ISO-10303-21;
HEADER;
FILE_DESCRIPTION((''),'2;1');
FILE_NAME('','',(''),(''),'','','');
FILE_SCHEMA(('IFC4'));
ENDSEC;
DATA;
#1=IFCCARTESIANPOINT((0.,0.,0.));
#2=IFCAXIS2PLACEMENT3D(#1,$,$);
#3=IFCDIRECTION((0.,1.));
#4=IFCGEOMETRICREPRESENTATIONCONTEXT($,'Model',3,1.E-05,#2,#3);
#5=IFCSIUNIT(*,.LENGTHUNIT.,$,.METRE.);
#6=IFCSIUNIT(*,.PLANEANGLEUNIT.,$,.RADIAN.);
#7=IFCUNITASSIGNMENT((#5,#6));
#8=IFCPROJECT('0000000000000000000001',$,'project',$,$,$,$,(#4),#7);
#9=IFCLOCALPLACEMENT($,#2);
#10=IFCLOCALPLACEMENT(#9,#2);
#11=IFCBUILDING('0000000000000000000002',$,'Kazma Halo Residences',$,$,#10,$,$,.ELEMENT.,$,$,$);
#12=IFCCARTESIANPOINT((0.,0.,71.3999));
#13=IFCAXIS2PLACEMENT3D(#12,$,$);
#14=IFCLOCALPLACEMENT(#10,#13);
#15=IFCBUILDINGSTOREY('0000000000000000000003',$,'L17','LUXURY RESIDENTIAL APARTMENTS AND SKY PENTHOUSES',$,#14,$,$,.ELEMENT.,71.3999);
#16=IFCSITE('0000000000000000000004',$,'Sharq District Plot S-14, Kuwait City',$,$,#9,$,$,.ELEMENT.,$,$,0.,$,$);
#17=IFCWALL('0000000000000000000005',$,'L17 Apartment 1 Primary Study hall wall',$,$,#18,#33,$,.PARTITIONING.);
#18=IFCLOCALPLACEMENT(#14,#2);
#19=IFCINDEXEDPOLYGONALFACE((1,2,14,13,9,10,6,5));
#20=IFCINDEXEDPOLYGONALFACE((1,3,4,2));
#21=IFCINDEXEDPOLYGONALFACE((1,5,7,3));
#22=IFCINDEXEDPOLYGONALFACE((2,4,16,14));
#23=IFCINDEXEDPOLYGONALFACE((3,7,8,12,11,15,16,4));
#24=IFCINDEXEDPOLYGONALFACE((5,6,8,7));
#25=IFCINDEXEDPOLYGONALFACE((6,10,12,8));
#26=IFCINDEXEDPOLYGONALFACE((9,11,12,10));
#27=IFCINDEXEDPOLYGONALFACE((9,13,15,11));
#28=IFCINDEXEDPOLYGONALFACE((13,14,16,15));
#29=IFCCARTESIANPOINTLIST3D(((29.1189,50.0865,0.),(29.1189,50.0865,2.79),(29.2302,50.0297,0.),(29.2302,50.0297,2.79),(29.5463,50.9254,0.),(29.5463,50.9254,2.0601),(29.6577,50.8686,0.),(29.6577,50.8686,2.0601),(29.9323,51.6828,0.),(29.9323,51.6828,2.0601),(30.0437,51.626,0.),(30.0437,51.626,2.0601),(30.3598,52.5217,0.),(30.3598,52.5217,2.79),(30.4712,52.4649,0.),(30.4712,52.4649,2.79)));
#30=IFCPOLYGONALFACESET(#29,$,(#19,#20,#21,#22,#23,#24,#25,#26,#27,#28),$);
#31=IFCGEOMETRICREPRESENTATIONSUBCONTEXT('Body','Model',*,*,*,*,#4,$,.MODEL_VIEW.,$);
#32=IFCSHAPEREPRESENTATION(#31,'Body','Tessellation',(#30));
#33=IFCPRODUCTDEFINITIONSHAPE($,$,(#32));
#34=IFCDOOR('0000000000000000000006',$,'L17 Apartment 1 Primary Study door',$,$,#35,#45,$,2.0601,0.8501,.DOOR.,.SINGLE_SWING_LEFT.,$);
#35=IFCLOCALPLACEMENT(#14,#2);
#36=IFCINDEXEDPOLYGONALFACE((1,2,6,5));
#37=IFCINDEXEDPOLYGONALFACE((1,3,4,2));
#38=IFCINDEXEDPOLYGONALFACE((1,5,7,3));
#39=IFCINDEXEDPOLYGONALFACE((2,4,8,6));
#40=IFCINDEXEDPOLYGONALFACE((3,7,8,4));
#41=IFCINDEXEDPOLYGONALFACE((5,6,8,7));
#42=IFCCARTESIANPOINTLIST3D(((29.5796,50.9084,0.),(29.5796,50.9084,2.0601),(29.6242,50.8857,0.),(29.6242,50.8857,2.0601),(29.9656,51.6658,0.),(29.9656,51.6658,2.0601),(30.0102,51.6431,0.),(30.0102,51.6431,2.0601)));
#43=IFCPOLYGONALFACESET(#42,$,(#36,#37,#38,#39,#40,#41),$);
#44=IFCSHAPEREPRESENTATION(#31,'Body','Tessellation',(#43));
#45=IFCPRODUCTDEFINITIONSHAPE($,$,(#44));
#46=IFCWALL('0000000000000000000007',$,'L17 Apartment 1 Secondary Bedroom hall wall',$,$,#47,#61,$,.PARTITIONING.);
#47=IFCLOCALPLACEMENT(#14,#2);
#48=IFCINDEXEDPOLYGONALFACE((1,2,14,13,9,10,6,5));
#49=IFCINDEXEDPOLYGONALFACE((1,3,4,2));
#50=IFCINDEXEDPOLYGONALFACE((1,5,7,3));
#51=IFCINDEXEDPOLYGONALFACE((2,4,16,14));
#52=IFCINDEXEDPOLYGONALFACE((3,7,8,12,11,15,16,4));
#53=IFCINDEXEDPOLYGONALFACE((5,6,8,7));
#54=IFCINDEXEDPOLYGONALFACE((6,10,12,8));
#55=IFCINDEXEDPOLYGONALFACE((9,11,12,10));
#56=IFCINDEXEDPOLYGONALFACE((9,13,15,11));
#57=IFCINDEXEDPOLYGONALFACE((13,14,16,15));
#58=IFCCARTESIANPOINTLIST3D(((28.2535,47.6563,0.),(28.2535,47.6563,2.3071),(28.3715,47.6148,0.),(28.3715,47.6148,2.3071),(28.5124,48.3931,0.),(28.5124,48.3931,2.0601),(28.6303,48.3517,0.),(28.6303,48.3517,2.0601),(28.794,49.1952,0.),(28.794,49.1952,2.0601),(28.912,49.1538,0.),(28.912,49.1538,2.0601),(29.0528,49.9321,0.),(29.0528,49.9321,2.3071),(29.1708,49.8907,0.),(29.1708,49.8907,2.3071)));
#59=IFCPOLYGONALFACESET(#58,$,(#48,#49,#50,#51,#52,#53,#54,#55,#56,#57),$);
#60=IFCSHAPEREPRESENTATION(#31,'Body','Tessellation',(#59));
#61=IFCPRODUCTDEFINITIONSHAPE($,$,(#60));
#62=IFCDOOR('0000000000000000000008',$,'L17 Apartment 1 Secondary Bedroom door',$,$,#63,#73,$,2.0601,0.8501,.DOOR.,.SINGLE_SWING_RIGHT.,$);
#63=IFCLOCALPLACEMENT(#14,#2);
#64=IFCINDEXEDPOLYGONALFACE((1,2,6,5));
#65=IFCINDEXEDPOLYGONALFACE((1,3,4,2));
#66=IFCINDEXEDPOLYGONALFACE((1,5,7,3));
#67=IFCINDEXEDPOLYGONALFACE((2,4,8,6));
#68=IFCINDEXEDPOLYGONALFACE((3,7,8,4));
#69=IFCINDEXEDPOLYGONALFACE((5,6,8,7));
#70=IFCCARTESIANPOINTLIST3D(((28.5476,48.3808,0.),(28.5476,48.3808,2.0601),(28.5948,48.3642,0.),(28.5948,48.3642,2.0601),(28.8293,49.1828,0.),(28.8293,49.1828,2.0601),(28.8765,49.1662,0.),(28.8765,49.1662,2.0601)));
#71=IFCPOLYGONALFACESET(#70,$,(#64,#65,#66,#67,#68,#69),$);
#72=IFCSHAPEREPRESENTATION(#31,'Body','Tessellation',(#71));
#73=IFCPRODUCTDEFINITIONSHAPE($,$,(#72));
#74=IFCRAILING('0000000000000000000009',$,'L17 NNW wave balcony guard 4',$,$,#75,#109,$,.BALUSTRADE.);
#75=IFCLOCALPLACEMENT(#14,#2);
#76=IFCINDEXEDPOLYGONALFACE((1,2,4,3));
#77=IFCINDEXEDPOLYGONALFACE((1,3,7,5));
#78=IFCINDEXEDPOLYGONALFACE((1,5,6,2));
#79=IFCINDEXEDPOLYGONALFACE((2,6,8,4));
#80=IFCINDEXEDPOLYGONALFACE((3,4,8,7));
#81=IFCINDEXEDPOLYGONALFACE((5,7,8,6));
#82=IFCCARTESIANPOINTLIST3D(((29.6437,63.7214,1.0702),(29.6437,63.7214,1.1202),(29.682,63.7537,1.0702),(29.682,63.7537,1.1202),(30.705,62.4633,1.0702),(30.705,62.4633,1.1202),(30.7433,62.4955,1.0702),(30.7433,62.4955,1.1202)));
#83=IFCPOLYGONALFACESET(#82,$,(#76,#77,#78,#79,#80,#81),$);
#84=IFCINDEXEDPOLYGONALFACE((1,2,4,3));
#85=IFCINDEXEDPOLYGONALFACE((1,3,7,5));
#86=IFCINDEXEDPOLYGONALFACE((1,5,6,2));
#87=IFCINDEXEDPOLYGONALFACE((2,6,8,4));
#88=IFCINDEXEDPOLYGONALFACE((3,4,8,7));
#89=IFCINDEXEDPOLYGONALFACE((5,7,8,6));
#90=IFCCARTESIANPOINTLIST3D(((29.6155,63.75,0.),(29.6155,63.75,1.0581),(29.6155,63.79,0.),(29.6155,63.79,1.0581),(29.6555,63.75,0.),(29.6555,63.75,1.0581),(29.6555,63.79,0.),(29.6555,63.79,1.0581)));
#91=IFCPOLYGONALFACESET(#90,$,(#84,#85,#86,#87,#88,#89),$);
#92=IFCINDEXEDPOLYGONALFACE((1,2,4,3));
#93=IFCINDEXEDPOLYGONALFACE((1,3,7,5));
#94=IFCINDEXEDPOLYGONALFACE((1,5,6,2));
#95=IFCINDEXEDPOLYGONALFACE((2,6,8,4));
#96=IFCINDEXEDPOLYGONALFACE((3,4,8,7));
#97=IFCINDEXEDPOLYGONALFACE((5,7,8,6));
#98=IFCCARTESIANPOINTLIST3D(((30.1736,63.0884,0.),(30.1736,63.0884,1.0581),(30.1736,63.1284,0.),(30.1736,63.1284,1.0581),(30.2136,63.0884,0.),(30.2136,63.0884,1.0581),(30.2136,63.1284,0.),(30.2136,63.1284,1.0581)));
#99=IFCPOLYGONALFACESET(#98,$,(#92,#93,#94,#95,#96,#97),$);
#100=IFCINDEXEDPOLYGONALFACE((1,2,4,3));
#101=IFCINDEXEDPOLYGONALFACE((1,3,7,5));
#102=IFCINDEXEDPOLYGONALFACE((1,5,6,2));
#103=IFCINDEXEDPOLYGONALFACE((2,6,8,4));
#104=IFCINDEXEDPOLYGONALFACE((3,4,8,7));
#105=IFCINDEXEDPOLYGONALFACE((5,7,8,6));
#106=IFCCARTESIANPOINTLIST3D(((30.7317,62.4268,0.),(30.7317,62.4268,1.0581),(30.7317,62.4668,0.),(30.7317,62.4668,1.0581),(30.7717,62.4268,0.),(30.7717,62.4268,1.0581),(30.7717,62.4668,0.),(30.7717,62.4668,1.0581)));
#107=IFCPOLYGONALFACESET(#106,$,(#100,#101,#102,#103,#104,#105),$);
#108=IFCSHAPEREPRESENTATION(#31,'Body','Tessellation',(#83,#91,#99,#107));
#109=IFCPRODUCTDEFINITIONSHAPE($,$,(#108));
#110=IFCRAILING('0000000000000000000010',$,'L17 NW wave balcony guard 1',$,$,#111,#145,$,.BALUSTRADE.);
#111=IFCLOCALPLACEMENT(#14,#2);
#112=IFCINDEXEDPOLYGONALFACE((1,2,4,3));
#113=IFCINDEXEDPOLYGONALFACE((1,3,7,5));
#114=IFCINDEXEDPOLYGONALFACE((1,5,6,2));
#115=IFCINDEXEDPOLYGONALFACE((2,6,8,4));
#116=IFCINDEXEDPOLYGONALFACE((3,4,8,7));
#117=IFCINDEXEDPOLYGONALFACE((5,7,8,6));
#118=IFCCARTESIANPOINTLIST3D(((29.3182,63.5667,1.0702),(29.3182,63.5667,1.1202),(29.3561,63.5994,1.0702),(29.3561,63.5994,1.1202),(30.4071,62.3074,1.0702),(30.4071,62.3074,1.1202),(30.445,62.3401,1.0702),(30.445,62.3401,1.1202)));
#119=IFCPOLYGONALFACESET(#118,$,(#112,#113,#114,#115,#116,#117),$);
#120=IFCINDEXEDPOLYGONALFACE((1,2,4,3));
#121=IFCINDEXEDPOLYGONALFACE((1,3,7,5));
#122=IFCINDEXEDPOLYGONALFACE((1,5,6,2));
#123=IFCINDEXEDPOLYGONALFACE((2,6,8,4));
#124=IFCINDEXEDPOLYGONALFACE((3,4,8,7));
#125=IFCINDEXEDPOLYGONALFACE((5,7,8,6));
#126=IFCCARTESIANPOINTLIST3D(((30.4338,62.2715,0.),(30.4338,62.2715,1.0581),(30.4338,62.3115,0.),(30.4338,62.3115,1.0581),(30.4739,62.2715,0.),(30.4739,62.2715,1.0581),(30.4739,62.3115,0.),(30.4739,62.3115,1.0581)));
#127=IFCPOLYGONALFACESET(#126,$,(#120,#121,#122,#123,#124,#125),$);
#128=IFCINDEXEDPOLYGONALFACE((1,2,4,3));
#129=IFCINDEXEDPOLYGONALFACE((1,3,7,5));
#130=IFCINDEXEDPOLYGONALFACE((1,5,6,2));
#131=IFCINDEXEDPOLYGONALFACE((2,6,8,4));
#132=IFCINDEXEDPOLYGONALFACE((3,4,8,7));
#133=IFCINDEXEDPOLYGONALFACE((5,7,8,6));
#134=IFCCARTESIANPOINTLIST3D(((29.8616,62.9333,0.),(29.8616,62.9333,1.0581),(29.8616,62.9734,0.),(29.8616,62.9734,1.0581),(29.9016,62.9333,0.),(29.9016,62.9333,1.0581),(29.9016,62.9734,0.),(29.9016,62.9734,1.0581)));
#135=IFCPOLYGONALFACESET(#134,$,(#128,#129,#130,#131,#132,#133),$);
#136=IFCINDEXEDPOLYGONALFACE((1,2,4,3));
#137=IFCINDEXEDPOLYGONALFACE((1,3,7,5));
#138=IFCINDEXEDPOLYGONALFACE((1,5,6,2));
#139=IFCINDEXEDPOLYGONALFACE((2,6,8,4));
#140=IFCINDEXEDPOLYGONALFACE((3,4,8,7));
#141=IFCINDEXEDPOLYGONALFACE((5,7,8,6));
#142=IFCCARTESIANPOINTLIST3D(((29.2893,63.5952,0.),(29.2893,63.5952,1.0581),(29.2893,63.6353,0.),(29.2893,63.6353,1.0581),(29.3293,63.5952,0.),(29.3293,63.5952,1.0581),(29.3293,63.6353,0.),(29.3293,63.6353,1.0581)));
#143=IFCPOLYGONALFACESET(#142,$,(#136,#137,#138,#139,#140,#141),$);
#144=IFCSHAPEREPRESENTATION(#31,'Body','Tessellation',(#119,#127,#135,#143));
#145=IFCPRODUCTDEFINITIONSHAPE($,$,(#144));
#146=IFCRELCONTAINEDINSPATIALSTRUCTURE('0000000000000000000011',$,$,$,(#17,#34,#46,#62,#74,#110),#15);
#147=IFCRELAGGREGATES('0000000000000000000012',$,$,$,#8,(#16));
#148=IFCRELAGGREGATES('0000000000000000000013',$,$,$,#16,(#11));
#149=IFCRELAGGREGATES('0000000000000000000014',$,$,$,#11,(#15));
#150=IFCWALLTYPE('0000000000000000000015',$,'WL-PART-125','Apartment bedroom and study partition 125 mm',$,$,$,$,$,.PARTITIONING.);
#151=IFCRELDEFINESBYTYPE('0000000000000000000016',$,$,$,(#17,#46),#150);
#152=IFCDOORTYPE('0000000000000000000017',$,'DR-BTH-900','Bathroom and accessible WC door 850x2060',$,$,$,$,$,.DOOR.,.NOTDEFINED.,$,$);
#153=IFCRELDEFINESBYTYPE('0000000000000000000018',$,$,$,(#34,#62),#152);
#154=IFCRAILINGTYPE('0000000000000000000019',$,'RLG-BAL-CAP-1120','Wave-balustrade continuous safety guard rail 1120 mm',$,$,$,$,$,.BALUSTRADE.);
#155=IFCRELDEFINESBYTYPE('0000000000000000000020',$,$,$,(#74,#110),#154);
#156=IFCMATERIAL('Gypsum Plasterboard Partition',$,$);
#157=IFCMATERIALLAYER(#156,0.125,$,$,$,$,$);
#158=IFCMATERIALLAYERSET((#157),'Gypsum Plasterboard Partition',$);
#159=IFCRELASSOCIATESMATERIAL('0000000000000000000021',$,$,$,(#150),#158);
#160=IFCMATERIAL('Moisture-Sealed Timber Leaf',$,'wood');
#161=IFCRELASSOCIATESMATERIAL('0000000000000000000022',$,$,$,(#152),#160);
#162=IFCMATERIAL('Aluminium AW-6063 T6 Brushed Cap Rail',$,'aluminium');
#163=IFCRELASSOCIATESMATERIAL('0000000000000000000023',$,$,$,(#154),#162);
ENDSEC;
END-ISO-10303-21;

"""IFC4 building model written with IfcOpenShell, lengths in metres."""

from ifc_helpers import new_model, si_unit, direction, frame, frame_2d, origin, origin_2d, place, context, subcontext, project, spatial, rectangle, extrude, material, layer, layer_set, type_object, element, fill, save


model = new_model("IFC4")

# Units and contexts
model_context = context("Model", 3, precision=1e-05, world=origin(), true_north=direction((0.0, 1.0)))
body_context = subcontext(model_context, "Body", "Model", "MODEL_VIEW")
ifc_project = project(units=[si_unit("LENGTHUNIT", "METRE"), si_unit("PLANEANGLEUNIT", "RADIAN")], contexts=[model_context])

# Site, building, storey
site_placement = place(None, origin())
site = spatial("IfcSite", under=ifc_project, at=site_placement, Name="Sharq District Plot S-14, Kuwait City", CompositionType="ELEMENT", RefElevation=0.0)
building_placement = place(site_placement, origin())
building = spatial("IfcBuilding", under=site, at=building_placement, Name="Kazma Halo Residences", CompositionType="ELEMENT")
storey_placement = place(building_placement, frame((0.0, 0.0, 71.3999)))
storey = spatial("IfcBuildingStorey", under=building, at=storey_placement, Name="L17", Description="LUXURY RESIDENTIAL APARTMENTS AND SKY PENTHOUSES", CompositionType="ELEMENT", Elevation=71.3999)

# Shared definitions
ifc_material_1 = material(Name="Gypsum Plasterboard Partition")
ifc_layer_1 = layer(ifc_material_1, 0.125)
ifc_layer_set_1 = layer_set([ifc_layer_1], Name="Gypsum Plasterboard Partition")
wall_type_1 = type_object("IfcWallType", Name="WL-PART-125", Description="Apartment bedroom and study partition 125 mm", PredefinedType="PARTITIONING", material=ifc_layer_set_1)

# Walls, openings, doors
ifc_material_2 = material(Name="Moisture-Sealed Timber Leaf", Category="wood")
door_type_1 = type_object("IfcDoorType", Name="DR-BTH-900", Description="Bathroom and accessible WC door 850x2060", OperationType="NOTDEFINED", PredefinedType="DOOR", material=ifc_material_2)
wall_1_placement = place(storey_placement, frame((30.4155, 52.4934, 0.0), z_axis=(0.0, 0.0, 1.0), x_axis=(-0.454025, -0.890989, 0.0)))
wall_1 = element("IfcWall", 1, at=wall_1_placement, inside=storey, type_object=wall_type_1, Name="L17 Apartment 1 Primary Study hall wall", PredefinedType="PARTITIONING", context=body_context, shape_type="SweptSolid", body=[
    extrude(rectangle(XDim=2.7332, YDim=0.125, at=frame_2d((1.3667, 0.0))), origin(), (0.0, 0.0, 1.0), 2.79),
])
opening_1_placement = place(wall_1_placement, frame((0.9417, 0.0, 0.0)))
opening_1 = element("IfcOpeningElement", 2, at=opening_1_placement, cuts=wall_1, PredefinedType="OPENING", context=body_context, shape_type="SweptSolid", body=[
    extrude(rectangle(XDim=0.8501, YDim=2.0601, at=frame_2d((0.425, 1.03))), frame((0.0, 0.0725, 0.0), z_axis=(0.0, -1.0, 0.0), x_axis=(1.0, 0.0, 0.0)), (0.0, 0.0, 1.0), 0.145),
])
door_1_placement = place(opening_1_placement, origin())
door_1 = element("IfcDoor", 3, at=door_1_placement, inside=storey, type_object=door_type_1, Name="L17 Apartment 1 Primary Study door", OperationType="SINGLE_SWING_LEFT", OverallHeight=2.0601, OverallWidth=0.8501, PredefinedType="DOOR", context=body_context, shape_type="SweptSolid", body=[
    extrude(rectangle(XDim=0.8501, YDim=2.0601, at=frame_2d((0.425, 1.03))), frame((0.0, 0.0249, 0.0), z_axis=(0.0, -1.0, 0.0), x_axis=(1.0, 0.0, 0.0)), (0.0, 0.0, 1.0), 0.05),
])
fill(opening_1, door_1)
wall_2_placement = place(storey_placement, frame((29.1118, 49.9114, 0.0), z_axis=(0.0, 0.0, 1.0), x_axis=(-0.331369, -0.943501, 0.0)))
wall_2 = element("IfcWall", 4, at=wall_2_placement, inside=storey, type_object=wall_type_1, Name="L17 Apartment 1 Secondary Bedroom hall wall", PredefinedType="PARTITIONING", context=body_context, shape_type="SweptSolid", body=[
    extrude(rectangle(XDim=2.4121, YDim=0.125, at=frame_2d((1.2061, 0.0))), origin(), (0.0, 0.0, 1.0), 2.3071),
])
opening_2_placement = place(wall_2_placement, frame((0.781, 0.0, 0.0)))
opening_2 = element("IfcOpeningElement", 5, at=opening_2_placement, cuts=wall_2, PredefinedType="OPENING", context=body_context, shape_type="SweptSolid", body=[
    extrude(rectangle(XDim=0.8501, YDim=2.0601, at=frame_2d((0.425, 1.03))), frame((0.0, 0.0725, 0.0), z_axis=(0.0, -1.0, 0.0), x_axis=(1.0, 0.0, 0.0)), (0.0, 0.0, 1.0), 0.145),
])
door_2_placement = place(opening_2_placement, origin())
door_2 = element("IfcDoor", 6, at=door_2_placement, inside=storey, type_object=door_type_1, Name="L17 Apartment 1 Secondary Bedroom door", OperationType="SINGLE_SWING_RIGHT", OverallHeight=2.0601, OverallWidth=0.8501, PredefinedType="DOOR", context=body_context, shape_type="SweptSolid", body=[
    extrude(rectangle(XDim=0.8501, YDim=2.0601, at=frame_2d((0.425, 1.03))), frame((0.0, 0.0249, 0.0), z_axis=(0.0, -1.0, 0.0), x_axis=(1.0, 0.0, 0.0)), (0.0, 0.0, 1.0), 0.05),
])
fill(opening_2, door_2)

# Railings
ifc_material_3 = material(Name="Aluminium AW-6063 T6 Brushed Cap Rail", Category="aluminium")
railing_type = type_object("IfcRailingType", Name="RLG-BAL-CAP-1120", Description="Wave-balustrade continuous safety guard rail 1120 mm", PredefinedType="BALUSTRADE", material=ifc_material_3)
railing_1_placement = place(storey_placement, frame((29.6355, 63.77, 0.0)))
element("IfcRailing", 7, at=railing_1_placement, inside=storey, type_object=railing_type, Name="L17 NNW wave balcony guard 4", PredefinedType="BALUSTRADE", context=body_context, shape_type="SweptSolid", body=[
    extrude(rectangle(XDim=0.05, YDim=0.05, at=origin_2d()), frame((0.0273, -0.0325, 1.0952), z_axis=(0.644778, -0.76437, 0.0), x_axis=(0.76437, 0.644778, 0.0)), (0.0, 0.0, 1.0), 1.646),
    extrude(rectangle(XDim=0.04, YDim=0.04, at=origin_2d()), origin(), (0.0, 0.0, 1.0), 1.0581),
    extrude(rectangle(XDim=0.04, YDim=0.04, at=origin_2d()), frame((0.5581, -0.6616, 0.0)), (0.0, 0.0, 1.0), 1.0581),
    extrude(rectangle(XDim=0.04, YDim=0.04, at=origin_2d()), frame((1.1162, -1.3232, 0.0)), (0.0, 0.0, 1.0), 1.0581),
])
railing_2_placement = place(storey_placement, frame((30.4539, 62.2915, 0.0)))
element("IfcRailing", 8, at=railing_2_placement, inside=storey, type_object=railing_type, Name="L17 NW wave balcony guard 1", PredefinedType="BALUSTRADE", context=body_context, shape_type="SweptSolid", body=[
    extrude(rectangle(XDim=0.05, YDim=0.05, at=origin_2d()), frame((-0.0278, 0.0322, 1.0952), z_axis=(-0.654048, 0.756453, 0.0), x_axis=(-0.756453, -0.654048, 0.0)), (0.0, 0.0, 1.0), 1.6648),
    extrude(rectangle(XDim=0.04, YDim=0.04, at=origin_2d()), origin(), (0.0, 0.0, 1.0), 1.0581),
    extrude(rectangle(XDim=0.04, YDim=0.04, at=origin_2d()), frame((-0.5723, 0.6619, 0.0)), (0.0, 0.0, 1.0), 1.0581),
    extrude(rectangle(XDim=0.04, YDim=0.04, at=origin_2d()), frame((-1.1445, 1.3237, 0.0)), (0.0, 0.0, 1.0), 1.0581),
])

save(model, "model.ifc")
